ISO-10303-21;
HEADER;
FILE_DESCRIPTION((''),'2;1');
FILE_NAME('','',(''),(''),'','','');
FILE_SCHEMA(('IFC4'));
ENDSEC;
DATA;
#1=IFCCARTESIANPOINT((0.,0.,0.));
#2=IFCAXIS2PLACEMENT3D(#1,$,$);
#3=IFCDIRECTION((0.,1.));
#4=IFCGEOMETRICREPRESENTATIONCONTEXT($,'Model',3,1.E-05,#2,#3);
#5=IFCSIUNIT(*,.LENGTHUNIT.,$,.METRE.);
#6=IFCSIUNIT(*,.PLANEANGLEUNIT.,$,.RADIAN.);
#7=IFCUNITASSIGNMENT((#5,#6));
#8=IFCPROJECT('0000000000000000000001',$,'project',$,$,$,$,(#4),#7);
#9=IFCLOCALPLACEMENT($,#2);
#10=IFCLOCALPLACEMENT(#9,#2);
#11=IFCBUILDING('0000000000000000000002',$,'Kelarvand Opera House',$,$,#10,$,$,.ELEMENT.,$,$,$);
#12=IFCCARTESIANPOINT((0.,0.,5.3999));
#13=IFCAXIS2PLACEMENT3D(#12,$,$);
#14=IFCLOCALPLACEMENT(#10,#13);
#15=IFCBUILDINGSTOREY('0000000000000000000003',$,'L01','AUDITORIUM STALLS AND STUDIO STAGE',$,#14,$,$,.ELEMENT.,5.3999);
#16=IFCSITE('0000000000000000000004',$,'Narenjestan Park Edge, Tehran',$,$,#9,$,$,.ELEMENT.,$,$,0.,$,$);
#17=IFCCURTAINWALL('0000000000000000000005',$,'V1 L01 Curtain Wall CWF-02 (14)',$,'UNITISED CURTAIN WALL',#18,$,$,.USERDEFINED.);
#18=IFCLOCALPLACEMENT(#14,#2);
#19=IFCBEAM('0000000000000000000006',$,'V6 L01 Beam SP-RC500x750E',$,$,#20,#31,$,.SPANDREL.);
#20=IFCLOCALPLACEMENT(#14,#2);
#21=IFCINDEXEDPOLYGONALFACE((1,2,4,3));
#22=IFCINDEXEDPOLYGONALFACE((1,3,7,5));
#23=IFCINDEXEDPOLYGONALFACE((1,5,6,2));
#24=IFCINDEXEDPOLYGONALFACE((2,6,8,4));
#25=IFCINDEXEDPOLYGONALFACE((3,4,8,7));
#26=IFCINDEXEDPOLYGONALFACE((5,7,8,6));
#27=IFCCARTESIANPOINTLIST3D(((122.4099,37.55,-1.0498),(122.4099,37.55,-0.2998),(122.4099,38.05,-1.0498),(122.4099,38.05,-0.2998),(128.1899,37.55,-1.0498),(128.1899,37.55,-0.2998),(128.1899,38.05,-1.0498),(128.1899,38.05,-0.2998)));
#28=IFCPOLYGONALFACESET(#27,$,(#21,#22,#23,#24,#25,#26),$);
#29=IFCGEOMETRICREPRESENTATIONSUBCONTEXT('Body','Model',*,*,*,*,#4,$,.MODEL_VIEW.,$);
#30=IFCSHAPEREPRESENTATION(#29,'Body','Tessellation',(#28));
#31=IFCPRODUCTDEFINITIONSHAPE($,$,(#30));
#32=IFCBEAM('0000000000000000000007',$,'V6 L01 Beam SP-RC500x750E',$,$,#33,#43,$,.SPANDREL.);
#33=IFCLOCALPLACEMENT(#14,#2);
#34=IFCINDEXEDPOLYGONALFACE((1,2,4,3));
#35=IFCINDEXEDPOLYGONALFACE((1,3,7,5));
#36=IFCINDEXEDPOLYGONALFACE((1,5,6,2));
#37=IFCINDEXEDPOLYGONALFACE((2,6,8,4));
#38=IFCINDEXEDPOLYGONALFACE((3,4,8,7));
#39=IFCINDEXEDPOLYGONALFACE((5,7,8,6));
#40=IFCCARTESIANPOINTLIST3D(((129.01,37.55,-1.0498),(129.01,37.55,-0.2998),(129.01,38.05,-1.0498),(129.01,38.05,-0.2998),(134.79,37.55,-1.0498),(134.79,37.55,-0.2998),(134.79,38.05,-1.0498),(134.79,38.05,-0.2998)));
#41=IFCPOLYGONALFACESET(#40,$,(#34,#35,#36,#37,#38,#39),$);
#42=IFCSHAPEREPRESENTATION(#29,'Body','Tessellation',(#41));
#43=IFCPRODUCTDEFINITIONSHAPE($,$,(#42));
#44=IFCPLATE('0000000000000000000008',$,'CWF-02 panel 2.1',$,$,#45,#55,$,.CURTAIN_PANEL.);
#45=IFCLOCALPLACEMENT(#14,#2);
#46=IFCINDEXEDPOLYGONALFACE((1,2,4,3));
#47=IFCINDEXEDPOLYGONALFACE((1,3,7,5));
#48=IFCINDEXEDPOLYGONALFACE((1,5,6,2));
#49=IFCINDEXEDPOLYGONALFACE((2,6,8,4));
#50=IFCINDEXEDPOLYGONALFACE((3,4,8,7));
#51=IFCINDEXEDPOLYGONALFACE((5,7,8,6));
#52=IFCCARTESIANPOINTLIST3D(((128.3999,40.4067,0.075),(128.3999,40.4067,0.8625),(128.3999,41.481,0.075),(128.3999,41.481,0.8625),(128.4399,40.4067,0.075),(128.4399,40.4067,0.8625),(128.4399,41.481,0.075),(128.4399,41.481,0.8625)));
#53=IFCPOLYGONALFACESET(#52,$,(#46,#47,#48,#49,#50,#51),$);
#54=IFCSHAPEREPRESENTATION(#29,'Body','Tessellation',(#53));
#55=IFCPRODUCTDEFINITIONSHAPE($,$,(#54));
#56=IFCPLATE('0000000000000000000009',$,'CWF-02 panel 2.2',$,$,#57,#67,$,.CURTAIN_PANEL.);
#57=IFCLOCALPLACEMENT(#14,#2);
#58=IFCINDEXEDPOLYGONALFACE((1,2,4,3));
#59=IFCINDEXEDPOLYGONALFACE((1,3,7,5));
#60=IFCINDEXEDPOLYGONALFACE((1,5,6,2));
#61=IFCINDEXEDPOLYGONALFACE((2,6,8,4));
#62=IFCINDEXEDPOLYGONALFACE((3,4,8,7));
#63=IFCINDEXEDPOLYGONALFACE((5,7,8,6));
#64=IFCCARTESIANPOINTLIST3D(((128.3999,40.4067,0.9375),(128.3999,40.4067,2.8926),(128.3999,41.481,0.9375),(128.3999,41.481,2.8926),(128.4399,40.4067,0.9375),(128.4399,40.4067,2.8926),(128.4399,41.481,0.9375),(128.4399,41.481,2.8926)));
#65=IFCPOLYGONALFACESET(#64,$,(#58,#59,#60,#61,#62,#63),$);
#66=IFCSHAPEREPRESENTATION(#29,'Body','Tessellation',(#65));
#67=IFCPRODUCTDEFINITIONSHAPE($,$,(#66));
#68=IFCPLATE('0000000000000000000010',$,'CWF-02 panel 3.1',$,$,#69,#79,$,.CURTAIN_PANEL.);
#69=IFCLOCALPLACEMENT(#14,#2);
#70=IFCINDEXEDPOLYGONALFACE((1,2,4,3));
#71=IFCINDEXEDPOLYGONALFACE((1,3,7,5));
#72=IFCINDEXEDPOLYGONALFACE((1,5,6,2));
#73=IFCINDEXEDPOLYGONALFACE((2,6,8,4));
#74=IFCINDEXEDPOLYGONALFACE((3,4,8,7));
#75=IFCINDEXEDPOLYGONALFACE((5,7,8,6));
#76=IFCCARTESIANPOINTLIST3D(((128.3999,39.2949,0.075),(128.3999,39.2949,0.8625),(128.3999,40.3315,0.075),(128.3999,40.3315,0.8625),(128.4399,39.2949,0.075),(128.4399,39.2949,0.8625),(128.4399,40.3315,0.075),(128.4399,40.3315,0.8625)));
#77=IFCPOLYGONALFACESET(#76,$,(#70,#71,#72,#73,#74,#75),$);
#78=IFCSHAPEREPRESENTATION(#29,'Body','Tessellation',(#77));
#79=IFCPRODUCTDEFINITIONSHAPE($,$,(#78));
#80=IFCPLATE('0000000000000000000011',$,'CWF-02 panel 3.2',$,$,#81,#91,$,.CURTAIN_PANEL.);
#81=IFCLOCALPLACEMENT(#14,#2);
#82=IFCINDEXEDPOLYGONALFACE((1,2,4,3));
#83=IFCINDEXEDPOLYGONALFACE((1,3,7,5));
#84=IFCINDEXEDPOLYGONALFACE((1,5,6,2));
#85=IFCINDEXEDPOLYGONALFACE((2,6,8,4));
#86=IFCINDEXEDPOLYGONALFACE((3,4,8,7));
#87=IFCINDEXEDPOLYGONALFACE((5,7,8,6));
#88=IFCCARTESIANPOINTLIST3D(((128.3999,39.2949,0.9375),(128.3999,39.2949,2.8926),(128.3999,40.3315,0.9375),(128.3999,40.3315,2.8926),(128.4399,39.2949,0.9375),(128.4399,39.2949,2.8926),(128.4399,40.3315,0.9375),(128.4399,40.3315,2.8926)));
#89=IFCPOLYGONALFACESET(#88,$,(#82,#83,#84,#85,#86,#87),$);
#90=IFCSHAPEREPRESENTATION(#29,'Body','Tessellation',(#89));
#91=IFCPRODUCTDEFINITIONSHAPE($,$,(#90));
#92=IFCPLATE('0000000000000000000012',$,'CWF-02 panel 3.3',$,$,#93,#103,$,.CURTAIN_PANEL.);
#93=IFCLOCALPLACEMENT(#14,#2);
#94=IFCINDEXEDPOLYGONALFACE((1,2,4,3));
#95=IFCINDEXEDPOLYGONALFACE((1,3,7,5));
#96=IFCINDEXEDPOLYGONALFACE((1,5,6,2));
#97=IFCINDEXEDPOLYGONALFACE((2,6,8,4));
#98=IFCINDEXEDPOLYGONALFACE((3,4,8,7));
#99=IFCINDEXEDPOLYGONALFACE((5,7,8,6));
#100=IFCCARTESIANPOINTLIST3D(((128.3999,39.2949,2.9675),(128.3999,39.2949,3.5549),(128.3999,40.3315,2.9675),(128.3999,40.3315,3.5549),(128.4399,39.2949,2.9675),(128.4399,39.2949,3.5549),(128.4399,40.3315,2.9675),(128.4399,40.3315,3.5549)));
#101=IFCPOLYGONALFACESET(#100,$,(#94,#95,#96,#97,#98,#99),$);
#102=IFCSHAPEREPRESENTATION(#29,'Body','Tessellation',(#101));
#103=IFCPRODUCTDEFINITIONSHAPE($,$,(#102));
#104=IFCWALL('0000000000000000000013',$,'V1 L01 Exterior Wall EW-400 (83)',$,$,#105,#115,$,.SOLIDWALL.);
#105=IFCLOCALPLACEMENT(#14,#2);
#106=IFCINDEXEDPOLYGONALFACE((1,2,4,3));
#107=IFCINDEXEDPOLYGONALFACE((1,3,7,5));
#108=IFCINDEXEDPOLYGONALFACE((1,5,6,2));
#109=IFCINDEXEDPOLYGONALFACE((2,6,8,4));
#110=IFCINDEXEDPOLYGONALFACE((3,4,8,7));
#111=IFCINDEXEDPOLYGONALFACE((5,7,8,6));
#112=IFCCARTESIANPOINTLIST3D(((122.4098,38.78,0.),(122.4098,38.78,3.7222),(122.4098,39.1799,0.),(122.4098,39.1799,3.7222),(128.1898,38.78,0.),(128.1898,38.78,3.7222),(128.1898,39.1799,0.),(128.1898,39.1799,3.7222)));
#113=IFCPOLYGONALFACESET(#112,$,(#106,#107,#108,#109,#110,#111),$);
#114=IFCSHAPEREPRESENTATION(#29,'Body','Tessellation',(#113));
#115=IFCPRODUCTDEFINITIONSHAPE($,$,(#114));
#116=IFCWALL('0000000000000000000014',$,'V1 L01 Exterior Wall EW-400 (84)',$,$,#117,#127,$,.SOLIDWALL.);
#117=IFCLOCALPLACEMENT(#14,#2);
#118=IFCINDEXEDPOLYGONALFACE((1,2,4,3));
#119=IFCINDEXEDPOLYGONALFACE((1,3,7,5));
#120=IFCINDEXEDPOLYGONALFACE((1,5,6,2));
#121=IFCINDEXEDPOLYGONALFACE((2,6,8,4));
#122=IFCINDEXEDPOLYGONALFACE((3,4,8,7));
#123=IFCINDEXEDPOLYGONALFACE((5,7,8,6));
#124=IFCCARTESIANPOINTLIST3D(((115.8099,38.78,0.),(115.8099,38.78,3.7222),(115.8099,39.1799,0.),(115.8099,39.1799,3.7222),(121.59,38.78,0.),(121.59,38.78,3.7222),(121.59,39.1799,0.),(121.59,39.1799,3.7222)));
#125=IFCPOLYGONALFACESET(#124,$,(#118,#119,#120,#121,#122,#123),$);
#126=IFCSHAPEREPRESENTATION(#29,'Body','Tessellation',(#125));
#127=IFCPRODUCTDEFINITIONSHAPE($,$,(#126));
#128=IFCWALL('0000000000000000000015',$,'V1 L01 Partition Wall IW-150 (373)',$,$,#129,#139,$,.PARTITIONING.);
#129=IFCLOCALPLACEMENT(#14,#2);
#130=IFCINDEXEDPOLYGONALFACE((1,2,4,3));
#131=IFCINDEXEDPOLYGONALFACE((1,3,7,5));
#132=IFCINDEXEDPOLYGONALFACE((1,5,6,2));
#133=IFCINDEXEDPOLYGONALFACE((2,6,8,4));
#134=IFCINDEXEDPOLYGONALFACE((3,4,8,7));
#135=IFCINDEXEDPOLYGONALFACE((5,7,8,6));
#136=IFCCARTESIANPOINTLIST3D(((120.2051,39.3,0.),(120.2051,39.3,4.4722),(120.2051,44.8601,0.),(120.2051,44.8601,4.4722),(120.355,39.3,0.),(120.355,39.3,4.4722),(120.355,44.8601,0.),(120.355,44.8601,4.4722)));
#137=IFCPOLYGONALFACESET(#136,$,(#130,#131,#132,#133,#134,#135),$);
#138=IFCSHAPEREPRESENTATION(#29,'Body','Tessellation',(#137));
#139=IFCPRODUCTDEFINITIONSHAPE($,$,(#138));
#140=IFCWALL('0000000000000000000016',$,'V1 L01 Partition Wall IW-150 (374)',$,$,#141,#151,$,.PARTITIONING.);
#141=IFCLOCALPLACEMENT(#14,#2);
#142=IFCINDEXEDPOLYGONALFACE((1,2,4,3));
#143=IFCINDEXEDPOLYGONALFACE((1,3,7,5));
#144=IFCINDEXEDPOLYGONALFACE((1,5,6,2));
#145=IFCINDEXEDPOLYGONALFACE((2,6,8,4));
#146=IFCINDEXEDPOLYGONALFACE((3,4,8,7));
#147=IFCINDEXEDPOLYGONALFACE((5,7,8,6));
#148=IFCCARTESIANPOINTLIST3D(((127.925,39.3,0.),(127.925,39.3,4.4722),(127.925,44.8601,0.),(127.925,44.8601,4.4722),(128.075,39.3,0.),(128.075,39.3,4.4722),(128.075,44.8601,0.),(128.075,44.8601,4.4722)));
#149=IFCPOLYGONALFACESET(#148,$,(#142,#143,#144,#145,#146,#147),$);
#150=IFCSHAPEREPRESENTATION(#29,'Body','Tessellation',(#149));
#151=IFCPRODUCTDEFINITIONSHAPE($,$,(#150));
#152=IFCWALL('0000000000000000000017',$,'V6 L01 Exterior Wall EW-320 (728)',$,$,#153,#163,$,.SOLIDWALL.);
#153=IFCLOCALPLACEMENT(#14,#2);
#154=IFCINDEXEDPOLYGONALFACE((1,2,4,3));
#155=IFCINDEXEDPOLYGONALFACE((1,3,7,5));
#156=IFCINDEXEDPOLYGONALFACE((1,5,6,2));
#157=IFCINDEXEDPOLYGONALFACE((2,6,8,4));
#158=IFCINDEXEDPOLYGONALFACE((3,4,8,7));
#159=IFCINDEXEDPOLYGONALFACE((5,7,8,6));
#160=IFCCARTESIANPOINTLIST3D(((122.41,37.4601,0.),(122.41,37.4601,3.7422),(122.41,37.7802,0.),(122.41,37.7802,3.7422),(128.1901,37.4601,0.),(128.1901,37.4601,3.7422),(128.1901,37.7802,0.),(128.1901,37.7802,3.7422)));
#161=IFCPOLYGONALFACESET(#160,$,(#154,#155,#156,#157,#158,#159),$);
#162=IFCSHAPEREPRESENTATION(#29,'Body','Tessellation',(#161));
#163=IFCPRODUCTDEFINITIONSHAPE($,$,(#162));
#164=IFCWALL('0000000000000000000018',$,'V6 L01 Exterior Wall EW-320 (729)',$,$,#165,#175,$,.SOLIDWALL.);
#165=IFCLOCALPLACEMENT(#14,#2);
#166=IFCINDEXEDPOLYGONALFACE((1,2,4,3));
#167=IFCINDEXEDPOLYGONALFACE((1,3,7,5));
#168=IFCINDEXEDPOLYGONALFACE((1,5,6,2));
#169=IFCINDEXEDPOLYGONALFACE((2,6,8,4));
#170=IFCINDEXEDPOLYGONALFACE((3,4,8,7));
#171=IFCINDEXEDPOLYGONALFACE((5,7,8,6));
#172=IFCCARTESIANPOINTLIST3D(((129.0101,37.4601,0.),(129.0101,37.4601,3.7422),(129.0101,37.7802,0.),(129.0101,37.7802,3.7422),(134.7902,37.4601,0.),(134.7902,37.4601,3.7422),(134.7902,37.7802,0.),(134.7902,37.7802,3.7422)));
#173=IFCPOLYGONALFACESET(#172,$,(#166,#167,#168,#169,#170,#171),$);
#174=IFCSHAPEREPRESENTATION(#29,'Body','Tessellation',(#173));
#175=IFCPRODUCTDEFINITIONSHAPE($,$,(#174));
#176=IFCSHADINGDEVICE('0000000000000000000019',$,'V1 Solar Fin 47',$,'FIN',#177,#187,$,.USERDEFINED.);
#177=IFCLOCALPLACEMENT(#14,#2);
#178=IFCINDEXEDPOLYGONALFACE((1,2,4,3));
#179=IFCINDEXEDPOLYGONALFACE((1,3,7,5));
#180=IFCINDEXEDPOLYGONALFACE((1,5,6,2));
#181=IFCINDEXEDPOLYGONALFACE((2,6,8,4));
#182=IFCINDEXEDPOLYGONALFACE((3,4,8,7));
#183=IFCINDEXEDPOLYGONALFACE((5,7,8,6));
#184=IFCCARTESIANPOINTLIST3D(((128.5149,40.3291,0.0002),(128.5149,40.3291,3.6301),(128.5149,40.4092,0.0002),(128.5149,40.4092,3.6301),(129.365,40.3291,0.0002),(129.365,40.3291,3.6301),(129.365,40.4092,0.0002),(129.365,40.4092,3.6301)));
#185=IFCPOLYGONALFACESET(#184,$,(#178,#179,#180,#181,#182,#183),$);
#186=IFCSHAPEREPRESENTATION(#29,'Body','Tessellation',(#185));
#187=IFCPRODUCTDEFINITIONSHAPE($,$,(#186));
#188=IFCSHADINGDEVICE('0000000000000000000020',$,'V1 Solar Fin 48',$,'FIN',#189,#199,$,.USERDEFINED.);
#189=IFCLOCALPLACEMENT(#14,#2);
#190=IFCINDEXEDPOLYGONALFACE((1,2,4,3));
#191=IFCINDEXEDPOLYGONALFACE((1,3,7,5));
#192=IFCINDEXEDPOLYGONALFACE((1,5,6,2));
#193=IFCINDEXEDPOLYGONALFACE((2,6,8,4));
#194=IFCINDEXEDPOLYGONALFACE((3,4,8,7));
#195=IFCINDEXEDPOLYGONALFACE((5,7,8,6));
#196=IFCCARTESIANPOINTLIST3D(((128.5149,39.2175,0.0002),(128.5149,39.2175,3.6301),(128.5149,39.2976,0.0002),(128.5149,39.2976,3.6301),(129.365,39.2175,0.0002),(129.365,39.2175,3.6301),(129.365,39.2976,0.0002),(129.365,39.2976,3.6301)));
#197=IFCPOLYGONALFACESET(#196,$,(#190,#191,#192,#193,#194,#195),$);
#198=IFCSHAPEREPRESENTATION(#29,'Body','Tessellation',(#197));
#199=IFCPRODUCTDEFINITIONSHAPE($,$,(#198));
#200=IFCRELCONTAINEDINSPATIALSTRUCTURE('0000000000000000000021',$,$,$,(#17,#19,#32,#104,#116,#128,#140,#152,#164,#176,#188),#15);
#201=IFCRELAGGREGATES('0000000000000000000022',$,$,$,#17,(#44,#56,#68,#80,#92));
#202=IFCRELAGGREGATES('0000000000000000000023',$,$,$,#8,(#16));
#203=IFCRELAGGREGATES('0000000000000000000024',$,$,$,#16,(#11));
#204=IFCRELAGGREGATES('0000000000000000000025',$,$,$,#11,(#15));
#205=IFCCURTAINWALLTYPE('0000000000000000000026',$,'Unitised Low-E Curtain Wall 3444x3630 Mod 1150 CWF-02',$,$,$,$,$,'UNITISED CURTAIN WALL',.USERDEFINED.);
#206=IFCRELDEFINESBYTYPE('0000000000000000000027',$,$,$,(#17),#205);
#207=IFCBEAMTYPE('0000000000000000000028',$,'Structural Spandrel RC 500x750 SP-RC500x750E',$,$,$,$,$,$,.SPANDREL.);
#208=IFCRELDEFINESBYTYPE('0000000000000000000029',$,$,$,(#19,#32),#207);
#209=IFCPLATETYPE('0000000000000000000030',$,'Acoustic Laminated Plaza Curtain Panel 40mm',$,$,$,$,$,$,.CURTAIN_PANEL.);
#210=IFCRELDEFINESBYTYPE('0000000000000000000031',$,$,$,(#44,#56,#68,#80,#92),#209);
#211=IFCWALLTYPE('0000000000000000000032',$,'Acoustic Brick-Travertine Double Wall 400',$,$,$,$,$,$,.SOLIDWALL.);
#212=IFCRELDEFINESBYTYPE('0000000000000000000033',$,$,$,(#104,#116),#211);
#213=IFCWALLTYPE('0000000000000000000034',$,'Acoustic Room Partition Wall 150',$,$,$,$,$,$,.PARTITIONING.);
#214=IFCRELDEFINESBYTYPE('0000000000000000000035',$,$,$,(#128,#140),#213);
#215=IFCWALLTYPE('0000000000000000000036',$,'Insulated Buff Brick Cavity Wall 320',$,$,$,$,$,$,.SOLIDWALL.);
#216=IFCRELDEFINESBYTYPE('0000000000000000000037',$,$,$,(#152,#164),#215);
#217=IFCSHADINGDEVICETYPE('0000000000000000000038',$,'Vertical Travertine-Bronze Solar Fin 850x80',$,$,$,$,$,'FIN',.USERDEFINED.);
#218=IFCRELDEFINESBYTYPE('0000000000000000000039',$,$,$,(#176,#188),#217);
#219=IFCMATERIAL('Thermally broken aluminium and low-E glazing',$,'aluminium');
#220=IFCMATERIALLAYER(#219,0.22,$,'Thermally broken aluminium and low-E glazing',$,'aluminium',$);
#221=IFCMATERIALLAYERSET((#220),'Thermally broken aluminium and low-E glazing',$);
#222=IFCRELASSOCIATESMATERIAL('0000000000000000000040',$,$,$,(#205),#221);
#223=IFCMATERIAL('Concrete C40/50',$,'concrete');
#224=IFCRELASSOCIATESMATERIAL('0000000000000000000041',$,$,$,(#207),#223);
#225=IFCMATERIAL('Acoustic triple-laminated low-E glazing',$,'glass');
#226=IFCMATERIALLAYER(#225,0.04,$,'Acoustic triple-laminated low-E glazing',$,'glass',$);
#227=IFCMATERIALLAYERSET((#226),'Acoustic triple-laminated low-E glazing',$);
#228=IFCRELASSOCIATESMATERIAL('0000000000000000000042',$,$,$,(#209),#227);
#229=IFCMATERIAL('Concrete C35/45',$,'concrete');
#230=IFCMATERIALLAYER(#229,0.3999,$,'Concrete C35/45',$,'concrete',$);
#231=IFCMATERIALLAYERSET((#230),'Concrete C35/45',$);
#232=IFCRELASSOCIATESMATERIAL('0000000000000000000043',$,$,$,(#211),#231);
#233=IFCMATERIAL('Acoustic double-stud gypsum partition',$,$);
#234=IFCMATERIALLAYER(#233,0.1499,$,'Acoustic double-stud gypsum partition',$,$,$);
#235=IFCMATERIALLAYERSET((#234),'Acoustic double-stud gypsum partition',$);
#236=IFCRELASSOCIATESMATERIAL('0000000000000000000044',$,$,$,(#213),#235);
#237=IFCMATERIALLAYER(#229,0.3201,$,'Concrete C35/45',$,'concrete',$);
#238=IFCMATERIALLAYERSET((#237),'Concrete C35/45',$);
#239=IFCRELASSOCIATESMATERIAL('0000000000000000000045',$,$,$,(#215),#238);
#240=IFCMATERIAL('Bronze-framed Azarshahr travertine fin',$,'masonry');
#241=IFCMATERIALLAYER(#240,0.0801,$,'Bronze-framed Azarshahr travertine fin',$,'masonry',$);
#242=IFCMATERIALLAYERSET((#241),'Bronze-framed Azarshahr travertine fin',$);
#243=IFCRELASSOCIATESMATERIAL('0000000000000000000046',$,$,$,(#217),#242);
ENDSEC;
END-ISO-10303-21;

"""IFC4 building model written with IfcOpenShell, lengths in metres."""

from ifc_helpers import new_model, si_unit, direction, frame, frame_2d, origin, origin_2d, place, context, subcontext, project, spatial, rectangle, extrude, material, layer, layer_set, material_profile, profile_set, type_object, element, aggregate, save


model = new_model("IFC4")

# Units and contexts
model_context = context("Model", 3, precision=1e-05, world=origin(), true_north=direction((0.0, 1.0)))
body_context = subcontext(model_context, "Body", "Model", "MODEL_VIEW")
ifc_project = project(units=[si_unit("LENGTHUNIT", "METRE"), si_unit("PLANEANGLEUNIT", "RADIAN")], contexts=[model_context])

# Site, building, storey
site_placement = place(None, origin())
site = spatial("IfcSite", under=ifc_project, at=site_placement, Name="Narenjestan Park Edge, Tehran", CompositionType="ELEMENT", RefElevation=0.0)
building_placement = place(site_placement, origin())
building = spatial("IfcBuilding", under=site, at=building_placement, Name="Kelarvand Opera House", CompositionType="ELEMENT")
storey_placement = place(building_placement, frame((0.0, 0.0, 5.3999)))
storey = spatial("IfcBuildingStorey", under=building, at=storey_placement, Name="L01", Description="AUDITORIUM STALLS AND STUDIO STAGE", CompositionType="ELEMENT", Elevation=5.3999)

# Shared definitions
ifc_material_1 = material(Name="Concrete C40/50", Category="concrete")

# Curtain wall
ifc_material_2 = material(Name="Thermally broken aluminium and low-E glazing", Category="aluminium")
ifc_layer_1 = layer(ifc_material_2, 0.22, Name="Thermally broken aluminium and low-E glazing", Category="aluminium")
ifc_layer_set_1 = layer_set([ifc_layer_1], Name="Thermally broken aluminium and low-E glazing")
curtain_wall_type = type_object("IfcCurtainWallType", Name="Unitised Low-E Curtain Wall 3444x3630 Mod 1150 CWF-02", ElementType="UNITISED CURTAIN WALL", PredefinedType="USERDEFINED", material=ifc_layer_set_1)
curtain_wall_placement = place(storey_placement, origin())
curtain_wall = element("IfcCurtainWall", 1, at=curtain_wall_placement, inside=storey, type_object=curtain_wall_type, Name="V1 L01 Curtain Wall CWF-02 (14)", ObjectType="UNITISED CURTAIN WALL", PredefinedType="USERDEFINED")

# Beams
ifc_material_profile_1 = material_profile(ifc_material_1, rectangle(XDim=0.5, YDim=0.75, at=origin_2d()), Name="RC 500x750", Category="concrete")
ifc_profile_set_1 = profile_set([ifc_material_profile_1], Name="Concrete C40/50")
beam_type_1 = type_object("IfcBeamType", Name="Structural Spandrel RC 500x750 SP-RC500x750E", PredefinedType="SPANDREL", material=ifc_profile_set_1)
for number, where, z_axis, x_axis, name in (
    (2, (122.4099, 37.8, -0.6748), (1.0, 0.0, 0.0), (0.0, 1.0, 0.0), "V6 L01 Beam SP-RC500x750E"),
    (3, (129.01, 37.8, -0.6748), (1.0, 0.0, 0.0), (0.0, 1.0, 0.0), "V6 L01 Beam SP-RC500x750E"),
):
    element("IfcBeam", number, at=place(storey_placement, frame(where, z_axis=z_axis, x_axis=x_axis)), inside=storey, type_object=beam_type_1, Name=name, PredefinedType="SPANDREL", context=body_context, shape_type="SweptSolid", body=[
        extrude(rectangle(XDim=0.5, YDim=0.75, at=origin_2d()), origin(), (0.0, 0.0, 1.0), 5.78),
    ])

# Plates
ifc_material_3 = material(Name="Acoustic triple-laminated low-E glazing", Category="glass")
ifc_layer_2 = layer(ifc_material_3, 0.04, Name="Acoustic triple-laminated low-E glazing", Category="glass")
ifc_layer_set_2 = layer_set([ifc_layer_2], Name="Acoustic triple-laminated low-E glazing")
plate_type = type_object("IfcPlateType", Name="Acoustic Laminated Plaza Curtain Panel 40mm", PredefinedType="CURTAIN_PANEL", material=ifc_layer_set_2)
plate_1_placement = place(storey_placement, frame((128.4199, 40.9438, 0.075), z_axis=(0.0, 0.0, 1.0), x_axis=(0.0, -1.0, 0.0)))
plate_1 = element("IfcPlate", 4, at=plate_1_placement, type_object=plate_type, Name="CWF-02 panel 2.1", PredefinedType="CURTAIN_PANEL", context=body_context, shape_type="SweptSolid", body=[
    extrude(rectangle(XDim=1.0742, YDim=0.04, at=origin_2d()), origin(), (0.0, 0.0, 1.0), 0.7876),
])
plate_2_placement = place(storey_placement, frame((128.4199, 40.9438, 0.9375), z_axis=(0.0, 0.0, 1.0), x_axis=(0.0, -1.0, 0.0)))
plate_2 = element("IfcPlate", 5, at=plate_2_placement, type_object=plate_type, Name="CWF-02 panel 2.2", PredefinedType="CURTAIN_PANEL", context=body_context, shape_type="SweptSolid", body=[
    extrude(rectangle(XDim=1.0742, YDim=0.04, at=origin_2d()), origin(), (0.0, 0.0, 1.0), 1.9551),
])
plate_3_placement = place(storey_placement, frame((128.4199, 39.8132, 0.075), z_axis=(0.0, 0.0, 1.0), x_axis=(0.0, -1.0, 0.0)))
plate_3 = element("IfcPlate", 6, at=plate_3_placement, type_object=plate_type, Name="CWF-02 panel 3.1", PredefinedType="CURTAIN_PANEL", context=body_context, shape_type="SweptSolid", body=[
    extrude(rectangle(XDim=1.0366, YDim=0.04, at=origin_2d()), origin(), (0.0, 0.0, 1.0), 0.7876),
])
plate_4_placement = place(storey_placement, frame((128.4199, 39.8132, 0.9375), z_axis=(0.0, 0.0, 1.0), x_axis=(0.0, -1.0, 0.0)))
plate_4 = element("IfcPlate", 7, at=plate_4_placement, type_object=plate_type, Name="CWF-02 panel 3.2", PredefinedType="CURTAIN_PANEL", context=body_context, shape_type="SweptSolid", body=[
    extrude(rectangle(XDim=1.0366, YDim=0.04, at=origin_2d()), origin(), (0.0, 0.0, 1.0), 1.9551),
])
plate_5_placement = place(storey_placement, frame((128.4199, 39.8132, 2.9675), z_axis=(0.0, 0.0, 1.0), x_axis=(0.0, -1.0, 0.0)))
plate_5 = element("IfcPlate", 8, at=plate_5_placement, type_object=plate_type, Name="CWF-02 panel 3.3", PredefinedType="CURTAIN_PANEL", context=body_context, shape_type="SweptSolid", body=[
    extrude(rectangle(XDim=1.0366, YDim=0.04, at=origin_2d()), origin(), (0.0, 0.0, 1.0), 0.5874),
])
aggregate(curtain_wall, [plate_1, plate_2, plate_3, plate_4, plate_5])

# Walls
ifc_material_4 = material(Name="Concrete C35/45", Category="concrete")
ifc_layer_3 = layer(ifc_material_4, 0.3999, Name="Concrete C35/45", Category="concrete")
ifc_layer_set_3 = layer_set([ifc_layer_3], Name="Concrete C35/45")
wall_type_1 = type_object("IfcWallType", Name="Acoustic Brick-Travertine Double Wall 400", PredefinedType="SOLIDWALL", material=ifc_layer_set_3)
for number, where, z_axis, x_axis, name in (
    (9, (128.1899, 38.98, 0.0), (0.0, 0.0, 1.0), (-1.0, 0.0, 0.0), "V1 L01 Exterior Wall EW-400 (83)"),
    (10, (121.5901, 38.98, 0.0), (0.0, 0.0, 1.0), (-1.0, 0.0, 0.0), "V1 L01 Exterior Wall EW-400 (84)"),
):
    element("IfcWall", number, at=place(storey_placement, frame(where, z_axis=z_axis, x_axis=x_axis)), inside=storey, type_object=wall_type_1, Name=name, PredefinedType="SOLIDWALL", context=body_context, shape_type="SweptSolid", body=[
        extrude(rectangle(XDim=5.78, YDim=0.3999, at=frame_2d((2.8901, 0.0))), origin(), (0.0, 0.0, 1.0), 3.7222),
    ])
ifc_material_5 = material(Name="Acoustic double-stud gypsum partition")
ifc_layer_4 = layer(ifc_material_5, 0.1499, Name="Acoustic double-stud gypsum partition")
ifc_layer_set_4 = layer_set([ifc_layer_4], Name="Acoustic double-stud gypsum partition")
wall_type_2 = type_object("IfcWallType", Name="Acoustic Room Partition Wall 150", PredefinedType="PARTITIONING", material=ifc_layer_set_4)
for number, where, z_axis, x_axis, name in (
    (11, (120.28, 39.3, 0.0), (0.0, 0.0, 1.0), (0.0, 1.0, 0.0), "V1 L01 Partition Wall IW-150 (373)"),
    (12, (128.0, 39.3, 0.0), (0.0, 0.0, 1.0), (0.0, 1.0, 0.0), "V1 L01 Partition Wall IW-150 (374)"),
):
    element("IfcWall", number, at=place(storey_placement, frame(where, z_axis=z_axis, x_axis=x_axis)), inside=storey, type_object=wall_type_2, Name=name, PredefinedType="PARTITIONING", context=body_context, shape_type="SweptSolid", body=[
        extrude(rectangle(XDim=5.5601, YDim=0.1499, at=frame_2d((2.78, 0.0))), origin(), (0.0, 0.0, 1.0), 4.4722),
    ])
ifc_layer_5 = layer(ifc_material_4, 0.3201, Name="Concrete C35/45", Category="concrete")
ifc_layer_set_5 = layer_set([ifc_layer_5], Name="Concrete C35/45")
wall_type_3 = type_object("IfcWallType", Name="Insulated Buff Brick Cavity Wall 320", PredefinedType="SOLIDWALL", material=ifc_layer_set_5)
for number, where, z_axis, x_axis, name in (
    (13, (122.4099, 37.6201, 0.0), (0.0, 0.0, 1.0), (1.0, 0.0, 0.0), "V6 L01 Exterior Wall EW-320 (728)"),
    (14, (129.01, 37.6201, 0.0), (0.0, 0.0, 1.0), (1.0, 0.0, 0.0), "V6 L01 Exterior Wall EW-320 (729)"),
):
    element("IfcWall", number, at=place(storey_placement, frame(where, z_axis=z_axis, x_axis=x_axis)), inside=storey, type_object=wall_type_3, Name=name, PredefinedType="SOLIDWALL", context=body_context, shape_type="SweptSolid", body=[
        extrude(rectangle(XDim=5.78, YDim=0.3201, at=frame_2d((2.8901, 0.0))), origin(), (0.0, 0.0, 1.0), 3.7422),
    ])

# Shading devices
ifc_material_6 = material(Name="Bronze-framed Azarshahr travertine fin", Category="masonry")
ifc_layer_6 = layer(ifc_material_6, 0.0801, Name="Bronze-framed Azarshahr travertine fin", Category="masonry")
ifc_layer_set_6 = layer_set([ifc_layer_6], Name="Bronze-framed Azarshahr travertine fin")
shading_device_type = type_object("IfcShadingDeviceType", Name="Vertical Travertine-Bronze Solar Fin 850x80", ElementType="FIN", PredefinedType="USERDEFINED", material=ifc_layer_set_6)
for number, where, z_axis, x_axis, name in (
    (15, (128.9399, 40.3691, 0.0002), (0.0, 0.0, 1.0), (1.0, 0.0, 0.0), "V1 Solar Fin 47"),
    (16, (128.9399, 39.2576, 0.0002), (0.0, 0.0, 1.0), (1.0, 0.0, 0.0), "V1 Solar Fin 48"),
):
    element("IfcShadingDevice", number, at=place(storey_placement, frame(where, z_axis=z_axis, x_axis=x_axis)), inside=storey, type_object=shading_device_type, Name=name, ObjectType="FIN", PredefinedType="USERDEFINED", context=body_context, shape_type="SweptSolid", body=[
        extrude(rectangle(XDim=0.8501, YDim=0.0801, at=origin_2d()), origin(), (0.0, 0.0, 1.0), 3.6299),
    ])

save(model, "model.ifc")
